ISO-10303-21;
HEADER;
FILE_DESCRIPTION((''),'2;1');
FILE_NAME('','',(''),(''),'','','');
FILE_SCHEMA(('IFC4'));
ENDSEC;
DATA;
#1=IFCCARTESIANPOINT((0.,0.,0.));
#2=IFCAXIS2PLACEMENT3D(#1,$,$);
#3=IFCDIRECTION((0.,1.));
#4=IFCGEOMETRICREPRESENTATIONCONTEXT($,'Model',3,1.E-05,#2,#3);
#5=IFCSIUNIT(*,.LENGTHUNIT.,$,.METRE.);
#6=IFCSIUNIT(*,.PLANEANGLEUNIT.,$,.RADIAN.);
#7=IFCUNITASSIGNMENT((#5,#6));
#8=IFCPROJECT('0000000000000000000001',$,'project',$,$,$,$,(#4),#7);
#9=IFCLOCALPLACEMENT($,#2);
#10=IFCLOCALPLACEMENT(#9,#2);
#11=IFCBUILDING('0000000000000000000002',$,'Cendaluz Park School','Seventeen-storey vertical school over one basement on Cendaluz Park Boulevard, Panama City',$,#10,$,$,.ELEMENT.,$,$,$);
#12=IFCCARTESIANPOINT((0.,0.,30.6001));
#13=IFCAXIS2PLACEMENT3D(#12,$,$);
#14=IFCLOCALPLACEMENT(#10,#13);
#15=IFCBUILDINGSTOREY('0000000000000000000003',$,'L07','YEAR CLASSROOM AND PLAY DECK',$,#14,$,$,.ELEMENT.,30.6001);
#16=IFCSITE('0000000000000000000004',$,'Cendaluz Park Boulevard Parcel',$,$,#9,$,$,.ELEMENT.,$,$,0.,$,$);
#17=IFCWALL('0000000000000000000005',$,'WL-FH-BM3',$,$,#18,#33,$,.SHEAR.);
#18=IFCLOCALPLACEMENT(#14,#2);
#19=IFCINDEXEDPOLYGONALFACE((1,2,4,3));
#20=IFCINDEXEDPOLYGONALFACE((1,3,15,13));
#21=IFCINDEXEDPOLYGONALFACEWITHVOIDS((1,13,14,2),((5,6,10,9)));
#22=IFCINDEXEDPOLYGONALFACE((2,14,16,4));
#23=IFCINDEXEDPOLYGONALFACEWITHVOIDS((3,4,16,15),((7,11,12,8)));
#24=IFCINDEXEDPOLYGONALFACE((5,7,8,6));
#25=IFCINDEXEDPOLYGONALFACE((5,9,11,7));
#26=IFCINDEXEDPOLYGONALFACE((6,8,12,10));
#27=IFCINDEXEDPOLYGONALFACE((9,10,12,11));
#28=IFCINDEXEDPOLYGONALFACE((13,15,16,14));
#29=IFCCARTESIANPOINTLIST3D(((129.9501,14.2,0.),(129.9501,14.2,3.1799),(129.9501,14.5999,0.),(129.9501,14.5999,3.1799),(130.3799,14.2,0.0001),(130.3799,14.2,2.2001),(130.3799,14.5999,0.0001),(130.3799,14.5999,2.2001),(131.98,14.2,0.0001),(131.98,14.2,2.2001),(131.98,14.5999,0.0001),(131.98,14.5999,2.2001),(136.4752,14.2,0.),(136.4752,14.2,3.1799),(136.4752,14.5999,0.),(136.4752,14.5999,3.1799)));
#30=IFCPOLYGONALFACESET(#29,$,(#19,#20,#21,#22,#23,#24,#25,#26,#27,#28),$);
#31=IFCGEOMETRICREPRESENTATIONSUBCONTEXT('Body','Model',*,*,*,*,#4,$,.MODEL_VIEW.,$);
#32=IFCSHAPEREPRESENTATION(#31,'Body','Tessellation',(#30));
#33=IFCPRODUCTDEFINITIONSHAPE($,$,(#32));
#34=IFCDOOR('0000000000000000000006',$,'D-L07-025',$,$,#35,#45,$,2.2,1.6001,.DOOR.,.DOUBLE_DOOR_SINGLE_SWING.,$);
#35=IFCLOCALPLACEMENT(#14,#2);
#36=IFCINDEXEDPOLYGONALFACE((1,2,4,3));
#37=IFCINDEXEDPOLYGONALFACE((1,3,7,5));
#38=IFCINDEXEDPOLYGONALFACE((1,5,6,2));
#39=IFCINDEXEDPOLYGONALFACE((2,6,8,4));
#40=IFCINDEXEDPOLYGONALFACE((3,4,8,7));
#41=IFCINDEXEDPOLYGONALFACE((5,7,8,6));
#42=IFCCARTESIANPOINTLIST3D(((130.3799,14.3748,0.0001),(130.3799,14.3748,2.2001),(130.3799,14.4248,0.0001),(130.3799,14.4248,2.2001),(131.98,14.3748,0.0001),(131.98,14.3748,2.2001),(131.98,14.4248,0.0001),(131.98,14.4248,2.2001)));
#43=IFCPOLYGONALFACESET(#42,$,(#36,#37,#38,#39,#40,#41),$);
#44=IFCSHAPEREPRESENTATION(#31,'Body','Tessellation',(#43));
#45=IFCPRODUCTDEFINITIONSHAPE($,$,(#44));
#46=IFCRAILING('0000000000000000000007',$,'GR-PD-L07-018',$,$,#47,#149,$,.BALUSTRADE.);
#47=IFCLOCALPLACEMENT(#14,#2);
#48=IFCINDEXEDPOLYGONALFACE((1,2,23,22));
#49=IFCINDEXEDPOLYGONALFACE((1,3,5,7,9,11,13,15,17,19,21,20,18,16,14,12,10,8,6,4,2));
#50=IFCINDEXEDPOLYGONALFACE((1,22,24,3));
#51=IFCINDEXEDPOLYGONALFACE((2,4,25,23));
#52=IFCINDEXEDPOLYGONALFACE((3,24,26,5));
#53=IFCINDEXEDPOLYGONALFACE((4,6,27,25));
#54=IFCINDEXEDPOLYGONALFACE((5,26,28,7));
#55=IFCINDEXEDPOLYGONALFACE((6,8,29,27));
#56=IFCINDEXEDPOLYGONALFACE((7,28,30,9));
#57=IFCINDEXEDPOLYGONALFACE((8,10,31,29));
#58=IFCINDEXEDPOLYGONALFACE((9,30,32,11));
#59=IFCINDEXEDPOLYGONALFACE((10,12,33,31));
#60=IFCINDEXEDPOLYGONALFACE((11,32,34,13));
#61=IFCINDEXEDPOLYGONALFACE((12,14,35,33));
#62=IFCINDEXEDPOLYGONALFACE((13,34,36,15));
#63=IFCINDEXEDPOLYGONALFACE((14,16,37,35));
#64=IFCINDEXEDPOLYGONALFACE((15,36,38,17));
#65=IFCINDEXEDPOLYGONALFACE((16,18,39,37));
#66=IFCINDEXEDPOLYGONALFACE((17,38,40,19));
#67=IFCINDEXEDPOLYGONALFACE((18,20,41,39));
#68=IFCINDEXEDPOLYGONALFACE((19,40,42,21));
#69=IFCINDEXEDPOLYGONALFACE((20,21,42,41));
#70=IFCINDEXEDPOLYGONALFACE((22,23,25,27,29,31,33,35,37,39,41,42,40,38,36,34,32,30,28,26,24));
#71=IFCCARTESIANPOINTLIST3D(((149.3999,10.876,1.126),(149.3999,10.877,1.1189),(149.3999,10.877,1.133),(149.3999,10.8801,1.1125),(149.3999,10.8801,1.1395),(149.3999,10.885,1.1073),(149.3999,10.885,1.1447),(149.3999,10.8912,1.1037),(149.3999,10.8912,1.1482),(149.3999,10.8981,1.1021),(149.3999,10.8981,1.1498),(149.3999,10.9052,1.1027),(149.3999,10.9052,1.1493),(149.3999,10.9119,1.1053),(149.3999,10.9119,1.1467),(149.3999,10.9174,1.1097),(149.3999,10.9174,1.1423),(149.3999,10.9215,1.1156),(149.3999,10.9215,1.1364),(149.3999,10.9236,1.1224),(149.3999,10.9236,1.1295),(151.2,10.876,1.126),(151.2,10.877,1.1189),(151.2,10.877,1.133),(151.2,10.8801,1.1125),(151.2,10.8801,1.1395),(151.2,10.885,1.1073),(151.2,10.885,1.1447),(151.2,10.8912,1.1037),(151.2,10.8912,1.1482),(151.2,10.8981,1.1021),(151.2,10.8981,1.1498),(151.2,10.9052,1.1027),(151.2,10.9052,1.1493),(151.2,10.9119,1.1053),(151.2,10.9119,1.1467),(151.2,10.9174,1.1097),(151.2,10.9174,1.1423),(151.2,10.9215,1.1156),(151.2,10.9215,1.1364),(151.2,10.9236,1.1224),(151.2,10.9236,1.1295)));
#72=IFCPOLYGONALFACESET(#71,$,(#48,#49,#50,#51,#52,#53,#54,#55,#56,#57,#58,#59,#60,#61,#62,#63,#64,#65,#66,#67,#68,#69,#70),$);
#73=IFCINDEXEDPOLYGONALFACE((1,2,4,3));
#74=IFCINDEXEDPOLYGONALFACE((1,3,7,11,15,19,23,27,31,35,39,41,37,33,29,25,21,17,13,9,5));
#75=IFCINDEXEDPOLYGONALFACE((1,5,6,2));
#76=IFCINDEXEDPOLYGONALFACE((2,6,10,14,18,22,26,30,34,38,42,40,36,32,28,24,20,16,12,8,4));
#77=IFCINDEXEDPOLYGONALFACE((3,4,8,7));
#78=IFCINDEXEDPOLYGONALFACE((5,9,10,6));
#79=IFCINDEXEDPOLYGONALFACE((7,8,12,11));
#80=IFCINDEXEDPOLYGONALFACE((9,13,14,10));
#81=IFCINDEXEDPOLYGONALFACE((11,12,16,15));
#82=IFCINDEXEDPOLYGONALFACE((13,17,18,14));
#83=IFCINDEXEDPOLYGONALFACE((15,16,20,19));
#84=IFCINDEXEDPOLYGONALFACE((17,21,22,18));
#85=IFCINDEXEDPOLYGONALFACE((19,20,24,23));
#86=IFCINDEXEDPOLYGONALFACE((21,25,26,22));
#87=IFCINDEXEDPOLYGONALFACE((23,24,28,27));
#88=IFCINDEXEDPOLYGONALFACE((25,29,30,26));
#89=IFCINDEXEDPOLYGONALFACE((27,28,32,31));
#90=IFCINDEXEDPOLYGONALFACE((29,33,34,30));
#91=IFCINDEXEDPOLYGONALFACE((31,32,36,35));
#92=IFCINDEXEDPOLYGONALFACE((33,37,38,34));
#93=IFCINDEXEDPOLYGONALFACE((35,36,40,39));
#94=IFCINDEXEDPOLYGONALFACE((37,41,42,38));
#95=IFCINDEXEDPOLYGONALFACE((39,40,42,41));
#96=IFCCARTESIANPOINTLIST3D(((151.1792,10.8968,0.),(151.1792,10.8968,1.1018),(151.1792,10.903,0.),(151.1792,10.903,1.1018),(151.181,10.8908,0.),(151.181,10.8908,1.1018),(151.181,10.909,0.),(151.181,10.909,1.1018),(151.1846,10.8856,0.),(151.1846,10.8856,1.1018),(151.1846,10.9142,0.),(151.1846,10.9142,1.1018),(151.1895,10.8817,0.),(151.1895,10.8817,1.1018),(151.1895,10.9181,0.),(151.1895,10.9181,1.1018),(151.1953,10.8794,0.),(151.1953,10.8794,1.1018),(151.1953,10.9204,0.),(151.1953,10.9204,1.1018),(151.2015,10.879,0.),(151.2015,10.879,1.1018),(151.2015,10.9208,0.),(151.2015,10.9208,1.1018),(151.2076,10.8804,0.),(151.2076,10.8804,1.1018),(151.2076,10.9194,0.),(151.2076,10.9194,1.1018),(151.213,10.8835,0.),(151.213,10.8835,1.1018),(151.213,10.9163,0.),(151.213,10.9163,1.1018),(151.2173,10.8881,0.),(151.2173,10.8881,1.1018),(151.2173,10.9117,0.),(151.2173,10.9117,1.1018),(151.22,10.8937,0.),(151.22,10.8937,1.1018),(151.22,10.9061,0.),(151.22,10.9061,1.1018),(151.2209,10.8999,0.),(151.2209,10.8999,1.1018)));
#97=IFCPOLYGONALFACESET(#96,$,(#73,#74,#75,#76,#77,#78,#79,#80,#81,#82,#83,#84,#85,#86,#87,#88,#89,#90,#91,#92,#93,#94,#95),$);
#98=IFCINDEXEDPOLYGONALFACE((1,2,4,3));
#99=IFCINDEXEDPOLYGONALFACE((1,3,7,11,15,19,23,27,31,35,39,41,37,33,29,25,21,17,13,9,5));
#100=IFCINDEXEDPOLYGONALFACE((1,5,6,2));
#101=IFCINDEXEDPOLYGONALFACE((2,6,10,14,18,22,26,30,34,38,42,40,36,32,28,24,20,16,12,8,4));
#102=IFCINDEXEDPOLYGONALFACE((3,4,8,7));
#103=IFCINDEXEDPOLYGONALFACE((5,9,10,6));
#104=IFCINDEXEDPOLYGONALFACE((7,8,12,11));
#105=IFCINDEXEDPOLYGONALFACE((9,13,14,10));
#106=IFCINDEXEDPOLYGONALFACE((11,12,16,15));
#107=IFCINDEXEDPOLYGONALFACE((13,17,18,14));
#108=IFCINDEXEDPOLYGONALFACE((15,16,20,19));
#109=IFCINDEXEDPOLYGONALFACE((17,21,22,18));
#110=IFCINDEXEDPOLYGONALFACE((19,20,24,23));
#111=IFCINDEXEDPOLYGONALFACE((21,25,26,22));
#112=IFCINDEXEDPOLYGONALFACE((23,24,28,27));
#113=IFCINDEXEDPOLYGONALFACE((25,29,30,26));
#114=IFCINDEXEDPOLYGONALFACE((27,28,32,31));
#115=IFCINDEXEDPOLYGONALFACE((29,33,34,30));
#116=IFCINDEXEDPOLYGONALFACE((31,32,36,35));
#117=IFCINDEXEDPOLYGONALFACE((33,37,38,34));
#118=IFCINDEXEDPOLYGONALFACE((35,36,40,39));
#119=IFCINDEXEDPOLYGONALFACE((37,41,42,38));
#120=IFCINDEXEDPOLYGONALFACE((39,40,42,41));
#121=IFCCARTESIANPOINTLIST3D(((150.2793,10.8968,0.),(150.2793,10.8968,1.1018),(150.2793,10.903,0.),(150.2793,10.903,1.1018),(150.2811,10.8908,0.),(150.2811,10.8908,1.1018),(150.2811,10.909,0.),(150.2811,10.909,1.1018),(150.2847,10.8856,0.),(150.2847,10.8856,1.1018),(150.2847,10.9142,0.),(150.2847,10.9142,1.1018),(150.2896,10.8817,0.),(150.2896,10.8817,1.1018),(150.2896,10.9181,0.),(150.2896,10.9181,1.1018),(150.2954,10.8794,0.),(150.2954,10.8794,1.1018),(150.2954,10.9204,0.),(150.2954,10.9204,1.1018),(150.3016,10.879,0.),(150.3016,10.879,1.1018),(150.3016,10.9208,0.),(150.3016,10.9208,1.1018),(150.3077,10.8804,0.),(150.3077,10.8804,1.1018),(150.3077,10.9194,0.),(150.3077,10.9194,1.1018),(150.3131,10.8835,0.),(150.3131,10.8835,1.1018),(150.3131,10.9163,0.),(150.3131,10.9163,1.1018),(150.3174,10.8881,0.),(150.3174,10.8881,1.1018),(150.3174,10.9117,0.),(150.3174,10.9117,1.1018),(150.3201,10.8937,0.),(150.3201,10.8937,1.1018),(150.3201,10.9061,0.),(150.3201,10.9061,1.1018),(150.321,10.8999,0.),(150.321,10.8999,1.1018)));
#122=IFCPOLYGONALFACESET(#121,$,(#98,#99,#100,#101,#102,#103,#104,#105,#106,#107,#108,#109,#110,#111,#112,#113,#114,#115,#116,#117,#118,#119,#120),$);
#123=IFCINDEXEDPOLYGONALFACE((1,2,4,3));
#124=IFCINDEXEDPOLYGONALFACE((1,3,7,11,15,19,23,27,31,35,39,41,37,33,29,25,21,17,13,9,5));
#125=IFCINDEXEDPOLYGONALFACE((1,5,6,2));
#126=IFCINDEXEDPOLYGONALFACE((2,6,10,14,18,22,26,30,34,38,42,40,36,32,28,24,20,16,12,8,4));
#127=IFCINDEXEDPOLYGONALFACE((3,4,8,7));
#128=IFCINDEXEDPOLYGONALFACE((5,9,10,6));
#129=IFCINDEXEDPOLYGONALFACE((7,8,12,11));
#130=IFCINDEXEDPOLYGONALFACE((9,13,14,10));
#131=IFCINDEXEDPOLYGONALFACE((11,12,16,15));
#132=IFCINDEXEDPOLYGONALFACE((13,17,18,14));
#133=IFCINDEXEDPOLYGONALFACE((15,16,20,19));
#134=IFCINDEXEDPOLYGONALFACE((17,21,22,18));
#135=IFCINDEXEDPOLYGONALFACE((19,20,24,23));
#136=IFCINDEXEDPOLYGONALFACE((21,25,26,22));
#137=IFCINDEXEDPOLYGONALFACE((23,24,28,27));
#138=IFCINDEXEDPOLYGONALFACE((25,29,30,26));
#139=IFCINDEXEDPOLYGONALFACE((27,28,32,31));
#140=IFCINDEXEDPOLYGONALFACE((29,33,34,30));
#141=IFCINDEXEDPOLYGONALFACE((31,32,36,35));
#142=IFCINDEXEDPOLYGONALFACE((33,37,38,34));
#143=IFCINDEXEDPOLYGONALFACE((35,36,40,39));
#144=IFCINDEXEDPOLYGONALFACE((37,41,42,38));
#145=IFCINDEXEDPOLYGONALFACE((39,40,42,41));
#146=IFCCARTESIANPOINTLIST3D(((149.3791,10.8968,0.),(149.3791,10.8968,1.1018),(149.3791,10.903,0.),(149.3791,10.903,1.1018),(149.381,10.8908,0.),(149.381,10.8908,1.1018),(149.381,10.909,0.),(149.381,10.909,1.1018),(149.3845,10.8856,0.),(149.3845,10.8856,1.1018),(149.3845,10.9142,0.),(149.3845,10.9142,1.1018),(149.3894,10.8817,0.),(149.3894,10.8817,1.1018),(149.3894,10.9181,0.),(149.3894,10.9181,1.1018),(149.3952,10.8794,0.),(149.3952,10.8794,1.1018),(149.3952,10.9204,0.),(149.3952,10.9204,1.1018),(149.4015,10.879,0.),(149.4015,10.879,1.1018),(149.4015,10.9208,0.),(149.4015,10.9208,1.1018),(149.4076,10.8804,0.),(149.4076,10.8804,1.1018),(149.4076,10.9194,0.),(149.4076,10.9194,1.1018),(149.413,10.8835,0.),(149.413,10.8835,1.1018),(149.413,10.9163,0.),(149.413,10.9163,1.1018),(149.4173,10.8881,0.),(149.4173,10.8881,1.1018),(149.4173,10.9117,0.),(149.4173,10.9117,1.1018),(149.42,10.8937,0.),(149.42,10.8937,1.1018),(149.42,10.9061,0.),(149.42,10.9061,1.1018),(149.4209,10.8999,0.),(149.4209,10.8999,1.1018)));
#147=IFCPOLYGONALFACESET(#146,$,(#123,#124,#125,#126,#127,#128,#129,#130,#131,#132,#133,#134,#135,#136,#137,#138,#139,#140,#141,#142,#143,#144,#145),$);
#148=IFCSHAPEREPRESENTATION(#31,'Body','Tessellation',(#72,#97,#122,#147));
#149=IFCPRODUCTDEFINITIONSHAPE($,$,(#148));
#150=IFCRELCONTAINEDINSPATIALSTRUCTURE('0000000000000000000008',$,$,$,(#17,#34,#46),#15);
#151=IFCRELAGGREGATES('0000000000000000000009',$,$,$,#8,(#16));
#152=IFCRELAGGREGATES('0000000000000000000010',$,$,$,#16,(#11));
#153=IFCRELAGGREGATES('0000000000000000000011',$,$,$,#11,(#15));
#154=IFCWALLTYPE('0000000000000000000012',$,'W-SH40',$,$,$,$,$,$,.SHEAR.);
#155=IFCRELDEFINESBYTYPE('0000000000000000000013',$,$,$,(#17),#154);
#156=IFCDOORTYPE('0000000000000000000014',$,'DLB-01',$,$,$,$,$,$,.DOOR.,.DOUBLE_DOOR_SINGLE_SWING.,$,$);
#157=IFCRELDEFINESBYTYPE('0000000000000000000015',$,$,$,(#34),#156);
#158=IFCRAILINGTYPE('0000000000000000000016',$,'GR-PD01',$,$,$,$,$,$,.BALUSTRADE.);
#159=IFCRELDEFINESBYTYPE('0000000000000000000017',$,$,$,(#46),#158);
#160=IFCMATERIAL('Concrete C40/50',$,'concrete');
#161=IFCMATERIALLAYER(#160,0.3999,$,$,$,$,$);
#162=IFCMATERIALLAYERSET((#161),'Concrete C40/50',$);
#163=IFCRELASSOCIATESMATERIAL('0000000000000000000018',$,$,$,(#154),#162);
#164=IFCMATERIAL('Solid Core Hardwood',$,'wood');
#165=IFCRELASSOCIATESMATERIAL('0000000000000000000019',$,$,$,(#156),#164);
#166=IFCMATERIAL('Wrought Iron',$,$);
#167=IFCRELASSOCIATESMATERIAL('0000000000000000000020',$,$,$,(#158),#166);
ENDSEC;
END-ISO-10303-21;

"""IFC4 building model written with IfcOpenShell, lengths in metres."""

from ifc_helpers import new_model, si_unit, direction, frame, frame_2d, origin, origin_2d, place, context, subcontext, project, spatial, rectangle, circle, extrude, material, layer, layer_set, type_object, element, fill, save


model = new_model("IFC4")

# Units and contexts
model_context = context("Model", 3, precision=1e-05, world=origin(), true_north=direction((0.0, 1.0)))
body_context = subcontext(model_context, "Body", "Model", "MODEL_VIEW")
ifc_project = project(units=[si_unit("LENGTHUNIT", "METRE"), si_unit("PLANEANGLEUNIT", "RADIAN")], contexts=[model_context])

# Site, building, storey
site_placement = place(None, origin())
site = spatial("IfcSite", under=ifc_project, at=site_placement, Name="Cendaluz Park Boulevard Parcel", CompositionType="ELEMENT", RefElevation=0.0)
building_placement = place(site_placement, origin())
building = spatial("IfcBuilding", under=site, at=building_placement, Name="Cendaluz Park School", Description="Seventeen-storey vertical school over one basement on Cendaluz Park Boulevard, Panama City", CompositionType="ELEMENT")
storey_placement = place(building_placement, frame((0.0, 0.0, 30.6001)))
storey = spatial("IfcBuildingStorey", under=building, at=storey_placement, Name="L07", Description="YEAR CLASSROOM AND PLAY DECK", CompositionType="ELEMENT", Elevation=30.6001)

# Shared definitions
ifc_material_1 = material(Name="Concrete C40/50", Category="concrete")

# Shared definitions
ifc_material_2 = material(Name="Solid Core Hardwood", Category="wood")

# Shared definitions
ifc_layer_1 = layer(ifc_material_1, 0.3999)
ifc_layer_set_1 = layer_set([ifc_layer_1], Name="Concrete C40/50")
wall_type_1 = type_object("IfcWallType", Name="W-SH40", PredefinedType="SHEAR", material=ifc_layer_set_1)

# Wall, opening, door
wall_1_placement = place(storey_placement, frame((129.95, 14.3999, 0.0), z_axis=(0.0, 0.0, 1.0), x_axis=(1.0, 0.0, 0.0)))
wall_1 = element("IfcWall", 1, at=wall_1_placement, inside=storey, type_object=wall_type_1, Name="WL-FH-BM3", PredefinedType="SHEAR", context=body_context, shape_type="SweptSolid", body=[
    extrude(rectangle(XDim=6.5251, YDim=0.3999, at=frame_2d((3.2627, 0.0))), origin(), (0.0, 0.0, 1.0), 3.1799),
])
opening_1_placement = place(wall_1_placement, frame((0.4299, 0.0, 0.0)))
opening_1 = element("IfcOpeningElement", 2, at=opening_1_placement, cuts=wall_1, PredefinedType="OPENING", context=body_context, shape_type="SweptSolid", body=[
    extrude(rectangle(XDim=1.6001, YDim=2.2, at=frame_2d((0.8, 1.1001))), frame((0.0, 0.2119, 0.0), z_axis=(0.0, -1.0, 0.0), x_axis=(1.0, 0.0, 0.0)), (0.0, 0.0, 1.0), 0.4238),
])
door_type_1 = type_object("IfcDoorType", Name="DLB-01", OperationType="DOUBLE_DOOR_SINGLE_SWING", PredefinedType="DOOR", material=ifc_material_2)
door_1_placement = place(opening_1_placement, origin())
door_1 = element("IfcDoor", 3, at=door_1_placement, inside=storey, type_object=door_type_1, Name="D-L07-025", OperationType="DOUBLE_DOOR_SINGLE_SWING", OverallHeight=2.2, OverallWidth=1.6001, PredefinedType="DOOR", context=body_context, shape_type="SweptSolid", body=[
    extrude(rectangle(XDim=1.6001, YDim=2.2, at=frame_2d((0.8, 1.1001))), frame((0.0, 0.0249, 0.0), z_axis=(0.0, -1.0, 0.0), x_axis=(1.0, 0.0, 0.0)), (0.0, 0.0, 1.0), 0.05),
])
fill(opening_1, door_1)

# Railing
ifc_material_3 = material(Name="Wrought Iron")
railing_type_1 = type_object("IfcRailingType", Name="GR-PD01", PredefinedType="BALUSTRADE", material=ifc_material_3)
railing_1_placement = place(storey_placement, frame((151.2, 10.8999, 0.0)))
element("IfcRailing", 4, at=railing_1_placement, inside=storey, type_object=railing_type_1, Name="GR-PD-L07-018", PredefinedType="BALUSTRADE", context=body_context, shape_type="SweptSolid", body=[
    extrude(circle(Radius=0.0239, at=origin_2d()), frame((0.0, 0.0, 1.126), z_axis=(-1.0, 0.0, 0.0), x_axis=(0.0, -1.0, 0.0)), (0.0, 0.0, 1.0), 1.8),
    extrude(circle(Radius=0.021, at=origin_2d()), origin(), (0.0, 0.0, 1.0), 1.1018),
    extrude(circle(Radius=0.021, at=origin_2d()), frame((-0.8999, 0.0, 0.0)), (0.0, 0.0, 1.0), 1.1018),
    extrude(circle(Radius=0.021, at=origin_2d()), frame((-1.8, 0.0, 0.0)), (0.0, 0.0, 1.0), 1.1018),
])

save(model, "model.ifc")
